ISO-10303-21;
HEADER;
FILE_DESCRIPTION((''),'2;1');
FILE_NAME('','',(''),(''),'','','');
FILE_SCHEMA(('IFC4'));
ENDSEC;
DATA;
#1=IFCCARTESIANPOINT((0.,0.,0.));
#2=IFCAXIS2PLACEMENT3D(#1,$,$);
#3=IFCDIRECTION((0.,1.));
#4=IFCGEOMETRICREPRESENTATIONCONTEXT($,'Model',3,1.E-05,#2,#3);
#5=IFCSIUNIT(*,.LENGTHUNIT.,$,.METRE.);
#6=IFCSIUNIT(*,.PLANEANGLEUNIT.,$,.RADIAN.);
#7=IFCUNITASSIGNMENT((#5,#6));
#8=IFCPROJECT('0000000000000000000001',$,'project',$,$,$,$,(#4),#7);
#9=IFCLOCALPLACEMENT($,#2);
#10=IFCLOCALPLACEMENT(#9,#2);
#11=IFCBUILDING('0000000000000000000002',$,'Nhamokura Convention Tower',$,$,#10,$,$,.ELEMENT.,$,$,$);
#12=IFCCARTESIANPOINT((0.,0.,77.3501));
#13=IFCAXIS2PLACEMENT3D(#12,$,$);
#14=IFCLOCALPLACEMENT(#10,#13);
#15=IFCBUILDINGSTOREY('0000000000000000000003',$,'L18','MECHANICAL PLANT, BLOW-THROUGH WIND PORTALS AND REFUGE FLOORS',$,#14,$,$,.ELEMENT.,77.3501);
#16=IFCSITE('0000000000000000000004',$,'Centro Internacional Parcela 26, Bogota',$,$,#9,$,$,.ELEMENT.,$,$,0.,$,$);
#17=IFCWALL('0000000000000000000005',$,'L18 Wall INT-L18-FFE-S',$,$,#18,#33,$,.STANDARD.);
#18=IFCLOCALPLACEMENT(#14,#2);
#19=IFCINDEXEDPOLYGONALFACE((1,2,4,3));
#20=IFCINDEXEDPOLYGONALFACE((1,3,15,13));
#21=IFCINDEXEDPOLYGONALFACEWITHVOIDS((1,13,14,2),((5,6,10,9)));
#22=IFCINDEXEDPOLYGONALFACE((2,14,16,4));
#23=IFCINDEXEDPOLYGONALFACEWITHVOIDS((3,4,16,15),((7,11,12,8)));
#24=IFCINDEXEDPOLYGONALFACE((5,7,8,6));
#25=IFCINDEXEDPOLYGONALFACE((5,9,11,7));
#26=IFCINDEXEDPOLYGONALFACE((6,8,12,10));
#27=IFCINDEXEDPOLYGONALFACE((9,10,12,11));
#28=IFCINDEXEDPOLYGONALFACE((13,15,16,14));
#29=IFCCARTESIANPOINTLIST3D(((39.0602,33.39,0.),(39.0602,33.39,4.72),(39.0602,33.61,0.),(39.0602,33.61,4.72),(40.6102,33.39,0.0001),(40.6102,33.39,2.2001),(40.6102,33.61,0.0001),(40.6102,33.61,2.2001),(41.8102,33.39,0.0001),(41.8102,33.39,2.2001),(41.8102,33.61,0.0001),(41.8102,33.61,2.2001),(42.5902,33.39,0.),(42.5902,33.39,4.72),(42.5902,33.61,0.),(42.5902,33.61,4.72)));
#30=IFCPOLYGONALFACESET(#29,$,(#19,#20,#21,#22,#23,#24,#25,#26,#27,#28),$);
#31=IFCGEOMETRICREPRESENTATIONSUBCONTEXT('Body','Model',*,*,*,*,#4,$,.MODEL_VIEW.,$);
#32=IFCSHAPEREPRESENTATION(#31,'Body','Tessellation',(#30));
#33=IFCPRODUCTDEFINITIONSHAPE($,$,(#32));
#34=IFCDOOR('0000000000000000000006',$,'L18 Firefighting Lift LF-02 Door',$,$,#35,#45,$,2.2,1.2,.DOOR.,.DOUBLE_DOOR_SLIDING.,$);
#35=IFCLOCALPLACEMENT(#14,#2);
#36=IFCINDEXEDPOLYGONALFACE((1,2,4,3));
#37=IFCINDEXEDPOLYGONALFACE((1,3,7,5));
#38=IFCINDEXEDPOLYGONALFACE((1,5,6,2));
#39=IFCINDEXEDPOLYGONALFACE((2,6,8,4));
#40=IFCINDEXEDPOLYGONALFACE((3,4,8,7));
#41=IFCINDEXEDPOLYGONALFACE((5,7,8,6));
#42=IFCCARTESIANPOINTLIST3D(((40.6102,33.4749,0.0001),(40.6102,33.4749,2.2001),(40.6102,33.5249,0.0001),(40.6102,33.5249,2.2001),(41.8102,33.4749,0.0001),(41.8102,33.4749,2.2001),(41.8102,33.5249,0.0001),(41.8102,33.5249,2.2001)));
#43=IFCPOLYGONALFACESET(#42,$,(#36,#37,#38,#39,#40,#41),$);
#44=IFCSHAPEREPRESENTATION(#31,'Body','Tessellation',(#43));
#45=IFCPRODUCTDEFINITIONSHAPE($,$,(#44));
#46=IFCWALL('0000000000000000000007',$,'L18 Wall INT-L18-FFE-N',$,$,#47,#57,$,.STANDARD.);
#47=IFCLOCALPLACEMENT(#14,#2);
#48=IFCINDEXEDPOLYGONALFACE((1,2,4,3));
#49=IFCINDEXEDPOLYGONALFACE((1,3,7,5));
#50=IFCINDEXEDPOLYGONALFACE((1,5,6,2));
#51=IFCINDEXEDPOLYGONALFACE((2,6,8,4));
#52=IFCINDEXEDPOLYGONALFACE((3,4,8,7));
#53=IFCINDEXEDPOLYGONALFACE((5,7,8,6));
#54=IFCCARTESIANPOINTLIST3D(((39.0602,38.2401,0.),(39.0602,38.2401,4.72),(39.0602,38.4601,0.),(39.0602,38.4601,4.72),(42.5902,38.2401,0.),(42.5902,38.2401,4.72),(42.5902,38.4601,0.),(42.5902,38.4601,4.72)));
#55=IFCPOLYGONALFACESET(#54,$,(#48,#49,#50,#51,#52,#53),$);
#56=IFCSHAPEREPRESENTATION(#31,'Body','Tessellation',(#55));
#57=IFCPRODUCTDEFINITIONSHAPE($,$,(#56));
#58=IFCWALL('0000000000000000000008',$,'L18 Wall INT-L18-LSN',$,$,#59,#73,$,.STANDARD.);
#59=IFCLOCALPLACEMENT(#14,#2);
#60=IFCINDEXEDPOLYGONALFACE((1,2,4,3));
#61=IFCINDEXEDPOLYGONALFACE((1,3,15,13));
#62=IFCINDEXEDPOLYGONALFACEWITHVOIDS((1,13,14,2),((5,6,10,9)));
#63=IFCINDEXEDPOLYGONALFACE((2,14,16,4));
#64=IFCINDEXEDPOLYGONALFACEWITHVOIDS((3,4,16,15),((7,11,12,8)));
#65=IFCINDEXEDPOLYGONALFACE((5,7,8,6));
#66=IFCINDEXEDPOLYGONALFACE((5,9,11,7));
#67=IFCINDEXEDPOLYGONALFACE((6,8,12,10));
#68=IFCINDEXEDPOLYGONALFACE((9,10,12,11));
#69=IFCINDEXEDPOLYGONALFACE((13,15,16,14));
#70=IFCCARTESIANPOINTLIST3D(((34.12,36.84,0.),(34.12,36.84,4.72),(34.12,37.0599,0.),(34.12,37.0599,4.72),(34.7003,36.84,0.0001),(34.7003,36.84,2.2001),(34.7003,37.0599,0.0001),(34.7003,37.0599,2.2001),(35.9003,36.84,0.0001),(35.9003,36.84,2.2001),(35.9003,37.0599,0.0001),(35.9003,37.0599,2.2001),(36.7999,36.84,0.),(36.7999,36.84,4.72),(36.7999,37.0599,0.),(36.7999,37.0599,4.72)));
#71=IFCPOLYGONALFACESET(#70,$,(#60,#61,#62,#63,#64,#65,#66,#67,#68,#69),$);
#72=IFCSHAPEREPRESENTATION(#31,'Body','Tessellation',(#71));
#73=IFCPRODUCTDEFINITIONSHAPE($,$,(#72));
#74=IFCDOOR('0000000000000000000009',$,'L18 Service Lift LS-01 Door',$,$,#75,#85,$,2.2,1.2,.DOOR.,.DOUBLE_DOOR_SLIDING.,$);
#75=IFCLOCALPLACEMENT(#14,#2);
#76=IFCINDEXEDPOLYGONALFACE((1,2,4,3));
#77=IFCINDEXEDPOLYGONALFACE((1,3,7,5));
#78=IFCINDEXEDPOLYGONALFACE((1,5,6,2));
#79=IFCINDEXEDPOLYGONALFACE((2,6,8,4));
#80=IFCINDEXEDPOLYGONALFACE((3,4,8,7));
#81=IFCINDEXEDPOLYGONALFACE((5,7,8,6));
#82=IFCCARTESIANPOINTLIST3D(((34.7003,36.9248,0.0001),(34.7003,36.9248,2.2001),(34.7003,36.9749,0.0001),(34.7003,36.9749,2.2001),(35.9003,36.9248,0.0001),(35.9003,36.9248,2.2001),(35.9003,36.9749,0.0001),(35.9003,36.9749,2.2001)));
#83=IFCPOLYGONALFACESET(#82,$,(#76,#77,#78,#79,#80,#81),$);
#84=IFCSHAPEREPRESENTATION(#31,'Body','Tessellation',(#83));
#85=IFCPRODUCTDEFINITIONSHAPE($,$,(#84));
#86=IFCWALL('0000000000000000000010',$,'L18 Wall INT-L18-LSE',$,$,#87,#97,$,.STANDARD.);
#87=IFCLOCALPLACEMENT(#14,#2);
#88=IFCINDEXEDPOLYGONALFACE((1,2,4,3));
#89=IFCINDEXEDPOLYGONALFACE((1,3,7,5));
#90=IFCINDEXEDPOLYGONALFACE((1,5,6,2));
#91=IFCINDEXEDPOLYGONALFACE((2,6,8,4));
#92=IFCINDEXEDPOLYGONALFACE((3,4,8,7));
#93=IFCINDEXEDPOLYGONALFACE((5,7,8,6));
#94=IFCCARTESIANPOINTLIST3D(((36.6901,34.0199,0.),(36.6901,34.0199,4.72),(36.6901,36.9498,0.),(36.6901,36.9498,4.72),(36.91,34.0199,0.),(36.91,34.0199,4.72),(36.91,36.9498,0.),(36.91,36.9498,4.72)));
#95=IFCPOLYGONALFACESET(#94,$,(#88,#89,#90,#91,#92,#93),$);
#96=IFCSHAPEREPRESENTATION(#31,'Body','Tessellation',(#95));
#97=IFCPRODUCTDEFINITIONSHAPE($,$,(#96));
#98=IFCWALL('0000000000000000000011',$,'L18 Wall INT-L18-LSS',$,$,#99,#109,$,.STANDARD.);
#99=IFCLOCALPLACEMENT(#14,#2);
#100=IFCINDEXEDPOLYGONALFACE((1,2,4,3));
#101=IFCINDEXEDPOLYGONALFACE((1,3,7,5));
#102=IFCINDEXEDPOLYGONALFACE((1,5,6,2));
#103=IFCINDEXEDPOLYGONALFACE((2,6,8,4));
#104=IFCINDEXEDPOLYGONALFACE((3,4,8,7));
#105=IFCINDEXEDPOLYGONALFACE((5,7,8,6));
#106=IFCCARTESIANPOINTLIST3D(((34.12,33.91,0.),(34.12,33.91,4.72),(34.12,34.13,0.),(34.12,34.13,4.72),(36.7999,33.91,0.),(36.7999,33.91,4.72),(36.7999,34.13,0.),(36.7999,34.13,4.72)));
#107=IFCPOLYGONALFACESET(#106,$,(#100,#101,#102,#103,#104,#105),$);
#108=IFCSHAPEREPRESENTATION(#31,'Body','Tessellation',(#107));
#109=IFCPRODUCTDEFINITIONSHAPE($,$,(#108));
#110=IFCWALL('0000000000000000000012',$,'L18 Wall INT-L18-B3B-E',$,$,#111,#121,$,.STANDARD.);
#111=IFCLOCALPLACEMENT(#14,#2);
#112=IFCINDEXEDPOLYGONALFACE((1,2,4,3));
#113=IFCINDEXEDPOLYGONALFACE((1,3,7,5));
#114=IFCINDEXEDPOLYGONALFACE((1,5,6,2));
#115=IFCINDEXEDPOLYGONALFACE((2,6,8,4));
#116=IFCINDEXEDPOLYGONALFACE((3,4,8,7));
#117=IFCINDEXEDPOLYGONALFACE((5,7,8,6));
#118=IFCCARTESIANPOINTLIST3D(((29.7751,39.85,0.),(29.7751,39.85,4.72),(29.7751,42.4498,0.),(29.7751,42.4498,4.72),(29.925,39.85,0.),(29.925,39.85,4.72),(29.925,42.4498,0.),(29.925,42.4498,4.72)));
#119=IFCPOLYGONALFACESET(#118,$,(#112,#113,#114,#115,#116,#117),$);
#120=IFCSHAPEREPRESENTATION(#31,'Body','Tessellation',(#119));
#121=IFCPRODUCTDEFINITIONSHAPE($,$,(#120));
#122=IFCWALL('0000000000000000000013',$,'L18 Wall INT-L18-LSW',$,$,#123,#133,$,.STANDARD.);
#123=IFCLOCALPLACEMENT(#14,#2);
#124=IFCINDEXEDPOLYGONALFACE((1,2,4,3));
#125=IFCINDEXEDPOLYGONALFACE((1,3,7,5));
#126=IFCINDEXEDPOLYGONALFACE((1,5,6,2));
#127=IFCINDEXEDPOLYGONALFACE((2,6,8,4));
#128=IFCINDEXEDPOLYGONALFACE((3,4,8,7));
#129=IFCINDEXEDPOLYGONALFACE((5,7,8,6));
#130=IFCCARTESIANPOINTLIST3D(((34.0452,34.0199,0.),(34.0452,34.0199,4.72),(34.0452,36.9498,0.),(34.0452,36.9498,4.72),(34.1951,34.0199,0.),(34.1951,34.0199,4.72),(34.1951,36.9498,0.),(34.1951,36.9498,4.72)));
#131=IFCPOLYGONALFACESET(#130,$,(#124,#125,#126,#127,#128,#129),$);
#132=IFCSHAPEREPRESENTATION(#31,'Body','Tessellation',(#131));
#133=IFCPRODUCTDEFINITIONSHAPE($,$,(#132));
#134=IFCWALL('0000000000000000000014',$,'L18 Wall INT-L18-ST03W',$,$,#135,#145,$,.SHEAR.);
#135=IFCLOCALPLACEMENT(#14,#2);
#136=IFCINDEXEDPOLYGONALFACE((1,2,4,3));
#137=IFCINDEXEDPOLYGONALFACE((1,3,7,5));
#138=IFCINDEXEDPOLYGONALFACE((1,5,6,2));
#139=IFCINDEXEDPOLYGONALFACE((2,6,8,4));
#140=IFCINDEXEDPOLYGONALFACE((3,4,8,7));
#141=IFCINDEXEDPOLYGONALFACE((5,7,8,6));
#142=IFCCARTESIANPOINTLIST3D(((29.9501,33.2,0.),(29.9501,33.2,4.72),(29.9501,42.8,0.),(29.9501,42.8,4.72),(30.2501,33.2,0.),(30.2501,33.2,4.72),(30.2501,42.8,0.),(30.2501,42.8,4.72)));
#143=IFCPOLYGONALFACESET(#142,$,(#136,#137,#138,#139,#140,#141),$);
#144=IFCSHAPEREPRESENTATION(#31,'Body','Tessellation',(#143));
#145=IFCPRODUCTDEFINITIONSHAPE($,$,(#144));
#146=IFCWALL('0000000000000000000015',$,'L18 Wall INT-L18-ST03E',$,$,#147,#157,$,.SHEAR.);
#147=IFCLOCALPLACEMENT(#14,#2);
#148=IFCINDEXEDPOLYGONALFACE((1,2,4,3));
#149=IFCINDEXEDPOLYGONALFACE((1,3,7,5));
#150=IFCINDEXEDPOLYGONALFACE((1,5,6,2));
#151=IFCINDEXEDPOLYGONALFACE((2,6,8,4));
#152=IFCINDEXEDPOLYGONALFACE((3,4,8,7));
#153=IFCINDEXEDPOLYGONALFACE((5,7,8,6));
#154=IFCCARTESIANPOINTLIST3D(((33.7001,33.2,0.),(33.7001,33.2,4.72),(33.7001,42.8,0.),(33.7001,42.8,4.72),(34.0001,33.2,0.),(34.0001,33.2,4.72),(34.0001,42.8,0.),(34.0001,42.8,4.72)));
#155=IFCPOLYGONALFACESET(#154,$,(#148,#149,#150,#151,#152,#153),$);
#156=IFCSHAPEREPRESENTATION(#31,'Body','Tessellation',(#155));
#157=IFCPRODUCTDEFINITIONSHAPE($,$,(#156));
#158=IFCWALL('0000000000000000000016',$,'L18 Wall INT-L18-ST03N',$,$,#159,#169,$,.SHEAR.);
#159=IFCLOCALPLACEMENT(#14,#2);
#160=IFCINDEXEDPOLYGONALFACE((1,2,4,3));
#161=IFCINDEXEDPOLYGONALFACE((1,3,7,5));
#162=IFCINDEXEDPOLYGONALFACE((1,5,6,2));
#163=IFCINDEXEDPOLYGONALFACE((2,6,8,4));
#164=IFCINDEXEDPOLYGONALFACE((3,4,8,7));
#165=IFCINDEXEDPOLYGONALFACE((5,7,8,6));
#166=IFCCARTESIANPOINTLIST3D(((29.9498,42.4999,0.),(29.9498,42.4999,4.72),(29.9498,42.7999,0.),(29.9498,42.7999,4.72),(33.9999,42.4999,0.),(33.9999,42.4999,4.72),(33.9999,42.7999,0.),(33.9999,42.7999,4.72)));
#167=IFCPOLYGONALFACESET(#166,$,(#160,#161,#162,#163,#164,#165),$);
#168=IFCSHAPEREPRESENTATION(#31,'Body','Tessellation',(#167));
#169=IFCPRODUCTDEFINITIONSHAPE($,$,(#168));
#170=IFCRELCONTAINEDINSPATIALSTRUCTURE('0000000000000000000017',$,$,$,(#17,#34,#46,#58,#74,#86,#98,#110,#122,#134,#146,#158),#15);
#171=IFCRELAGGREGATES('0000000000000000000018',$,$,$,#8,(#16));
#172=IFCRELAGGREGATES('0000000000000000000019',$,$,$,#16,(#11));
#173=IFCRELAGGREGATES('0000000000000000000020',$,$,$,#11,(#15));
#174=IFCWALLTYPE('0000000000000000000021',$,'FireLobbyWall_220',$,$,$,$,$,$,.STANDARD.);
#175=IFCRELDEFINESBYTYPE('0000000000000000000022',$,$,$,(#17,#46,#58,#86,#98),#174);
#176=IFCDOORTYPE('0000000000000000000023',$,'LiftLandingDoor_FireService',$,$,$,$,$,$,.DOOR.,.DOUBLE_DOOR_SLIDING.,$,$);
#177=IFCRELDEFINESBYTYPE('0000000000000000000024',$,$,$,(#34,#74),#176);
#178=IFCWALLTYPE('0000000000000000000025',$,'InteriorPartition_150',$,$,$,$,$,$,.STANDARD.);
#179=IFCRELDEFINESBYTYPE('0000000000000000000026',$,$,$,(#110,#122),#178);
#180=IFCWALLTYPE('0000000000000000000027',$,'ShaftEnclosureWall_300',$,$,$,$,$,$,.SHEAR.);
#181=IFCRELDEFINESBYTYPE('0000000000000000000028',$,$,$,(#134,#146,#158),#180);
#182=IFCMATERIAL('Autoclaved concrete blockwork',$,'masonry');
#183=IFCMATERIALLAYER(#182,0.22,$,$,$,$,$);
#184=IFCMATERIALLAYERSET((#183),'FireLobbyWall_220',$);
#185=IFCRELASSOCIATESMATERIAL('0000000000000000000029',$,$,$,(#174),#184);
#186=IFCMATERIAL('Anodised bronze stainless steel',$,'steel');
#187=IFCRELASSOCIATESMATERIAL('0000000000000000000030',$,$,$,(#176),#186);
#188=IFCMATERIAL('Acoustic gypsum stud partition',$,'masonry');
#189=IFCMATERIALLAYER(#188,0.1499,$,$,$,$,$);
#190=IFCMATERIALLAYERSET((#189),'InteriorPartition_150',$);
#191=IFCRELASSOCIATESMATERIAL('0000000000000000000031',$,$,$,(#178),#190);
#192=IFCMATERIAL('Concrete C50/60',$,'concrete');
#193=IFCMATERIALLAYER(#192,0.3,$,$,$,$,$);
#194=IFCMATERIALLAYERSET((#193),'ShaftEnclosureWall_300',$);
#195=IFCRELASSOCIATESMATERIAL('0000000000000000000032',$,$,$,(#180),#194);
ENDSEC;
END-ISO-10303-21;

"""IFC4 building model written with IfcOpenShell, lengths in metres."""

from ifc_helpers import new_model, si_unit, direction, frame, frame_2d, origin, place, context, subcontext, project, spatial, rectangle, extrude, material, layer, layer_set, type_object, element, fill, save


model = new_model("IFC4")

# Units and contexts
model_context = context("Model", 3, precision=1e-05, world=origin(), true_north=direction((0.0, 1.0)))
body_context = subcontext(model_context, "Body", "Model", "MODEL_VIEW")
ifc_project = project(units=[si_unit("LENGTHUNIT", "METRE"), si_unit("PLANEANGLEUNIT", "RADIAN")], contexts=[model_context])

# Site, building, storey
site_placement = place(None, origin())
site = spatial("IfcSite", under=ifc_project, at=site_placement, Name="Centro Internacional Parcela 26, Bogota", CompositionType="ELEMENT", RefElevation=0.0)
building_placement = place(site_placement, origin())
building = spatial("IfcBuilding", under=site, at=building_placement, Name="Nhamokura Convention Tower", CompositionType="ELEMENT")
storey_placement = place(building_placement, frame((0.0, 0.0, 77.3501)))
storey = spatial("IfcBuildingStorey", under=building, at=storey_placement, Name="L18", Description="MECHANICAL PLANT, BLOW-THROUGH WIND PORTALS AND REFUGE FLOORS", CompositionType="ELEMENT", Elevation=77.3501)

# Wall, opening, door
ifc_material_1 = material(Name="Autoclaved concrete blockwork", Category="masonry")
ifc_layer_1 = layer(ifc_material_1, 0.22)
ifc_layer_set_1 = layer_set([ifc_layer_1], Name="FireLobbyWall_220")
wall_type_1 = type_object("IfcWallType", Name="FireLobbyWall_220", PredefinedType="STANDARD", material=ifc_layer_set_1)
wall_1_placement = place(storey_placement, frame((39.0601, 33.5, 0.0), z_axis=(0.0, 0.0, 1.0), x_axis=(1.0, 0.0, 0.0)))
wall_1 = element("IfcWall", 1, at=wall_1_placement, inside=storey, type_object=wall_type_1, Name="L18 Wall INT-L18-FFE-S", PredefinedType="STANDARD", context=body_context, shape_type="SweptSolid", body=[
    extrude(rectangle(XDim=3.53, YDim=0.22, at=frame_2d((1.7651, 0.0))), origin(), (0.0, 0.0, 1.0), 4.72),
])
opening_1_placement = place(wall_1_placement, frame((1.55, 0.0, 0.0)))
opening_1 = element("IfcOpeningElement", 2, at=opening_1_placement, cuts=wall_1, PredefinedType="OPENING", context=body_context, shape_type="SweptSolid", body=[
    extrude(rectangle(XDim=1.2, YDim=2.2, at=frame_2d((0.6001, 1.1001))), frame((0.0, 0.1199, 0.0), z_axis=(0.0, -1.0, 0.0), x_axis=(1.0, 0.0, 0.0)), (0.0, 0.0, 1.0), 0.24),
])
ifc_material_2 = material(Name="Anodised bronze stainless steel", Category="steel")
door_type_1 = type_object("IfcDoorType", Name="LiftLandingDoor_FireService", OperationType="DOUBLE_DOOR_SLIDING", PredefinedType="DOOR", material=ifc_material_2)
door_1_placement = place(opening_1_placement, origin())
door_1 = element("IfcDoor", 3, at=door_1_placement, inside=storey, type_object=door_type_1, Name="L18 Firefighting Lift LF-02 Door", OperationType="DOUBLE_DOOR_SLIDING", OverallHeight=2.2, OverallWidth=1.2, PredefinedType="DOOR", context=body_context, shape_type="SweptSolid", body=[
    extrude(rectangle(XDim=1.2, YDim=2.2, at=frame_2d((0.6001, 1.1001))), frame((0.0, 0.0249, 0.0), z_axis=(0.0, -1.0, 0.0), x_axis=(1.0, 0.0, 0.0)), (0.0, 0.0, 1.0), 0.05),
])
fill(opening_1, door_1)

# Wall
wall_2_placement = place(storey_placement, frame((39.0601, 38.3501, 0.0), z_axis=(0.0, 0.0, 1.0), x_axis=(1.0, 0.0, 0.0)))
element("IfcWall", 4, at=wall_2_placement, inside=storey, type_object=wall_type_1, Name="L18 Wall INT-L18-FFE-N", PredefinedType="STANDARD", context=body_context, shape_type="SweptSolid", body=[
    extrude(rectangle(XDim=3.53, YDim=0.22, at=frame_2d((1.7651, 0.0))), origin(), (0.0, 0.0, 1.0), 4.72),
])

# Wall, opening, door
wall_3_placement = place(storey_placement, frame((34.1201, 36.95, 0.0), z_axis=(0.0, 0.0, 1.0), x_axis=(1.0, 0.0, 0.0)))
wall_3 = element("IfcWall", 5, at=wall_3_placement, inside=storey, type_object=wall_type_1, Name="L18 Wall INT-L18-LSN", PredefinedType="STANDARD", context=body_context, shape_type="SweptSolid", body=[
    extrude(rectangle(XDim=2.6799, YDim=0.22, at=frame_2d((1.3398, 0.0))), origin(), (0.0, 0.0, 1.0), 4.72),
])
opening_2_placement = place(wall_3_placement, frame((0.5801, 0.0, 0.0)))
opening_2 = element("IfcOpeningElement", 6, at=opening_2_placement, cuts=wall_3, PredefinedType="OPENING", context=body_context, shape_type="SweptSolid", body=[
    extrude(rectangle(XDim=1.2, YDim=2.2, at=frame_2d((0.6001, 1.1001))), frame((0.0, 0.1199, 0.0), z_axis=(0.0, -1.0, 0.0), x_axis=(1.0, 0.0, 0.0)), (0.0, 0.0, 1.0), 0.24),
])
door_2_placement = place(opening_2_placement, origin())
door_2 = element("IfcDoor", 7, at=door_2_placement, inside=storey, type_object=door_type_1, Name="L18 Service Lift LS-01 Door", OperationType="DOUBLE_DOOR_SLIDING", OverallHeight=2.2, OverallWidth=1.2, PredefinedType="DOOR", context=body_context, shape_type="SweptSolid", body=[
    extrude(rectangle(XDim=1.2, YDim=2.2, at=frame_2d((0.6001, 1.1001))), frame((0.0, 0.0249, 0.0), z_axis=(0.0, -1.0, 0.0), x_axis=(1.0, 0.0, 0.0)), (0.0, 0.0, 1.0), 0.05),
])
fill(opening_2, door_2)

# Walls
wall_4_placement = place(storey_placement, frame((36.8, 34.02, 0.0), z_axis=(0.0, 0.0, 1.0), x_axis=(0.0, 1.0, 0.0)))
element("IfcWall", 8, at=wall_4_placement, inside=storey, type_object=wall_type_1, Name="L18 Wall INT-L18-LSE", PredefinedType="STANDARD", context=body_context, shape_type="SweptSolid", body=[
    extrude(rectangle(XDim=2.9299, YDim=0.22, at=frame_2d((1.4648, 0.0))), origin(), (0.0, 0.0, 1.0), 4.72),
])
wall_5_placement = place(storey_placement, frame((34.1201, 34.02, 0.0), z_axis=(0.0, 0.0, 1.0), x_axis=(1.0, 0.0, 0.0)))
element("IfcWall", 9, at=wall_5_placement, inside=storey, type_object=wall_type_1, Name="L18 Wall INT-L18-LSS", PredefinedType="STANDARD", context=body_context, shape_type="SweptSolid", body=[
    extrude(rectangle(XDim=2.6799, YDim=0.22, at=frame_2d((1.3398, 0.0))), origin(), (0.0, 0.0, 1.0), 4.72),
])
ifc_material_3 = material(Name="Acoustic gypsum stud partition", Category="masonry")
ifc_layer_2 = layer(ifc_material_3, 0.1499)
ifc_layer_set_2 = layer_set([ifc_layer_2], Name="InteriorPartition_150")
wall_type_2 = type_object("IfcWallType", Name="InteriorPartition_150", PredefinedType="STANDARD", material=ifc_layer_set_2)
wall_6_placement = place(storey_placement, frame((29.8501, 39.8501, 0.0), z_axis=(0.0, 0.0, 1.0), x_axis=(0.0, 1.0, 0.0)))
element("IfcWall", 10, at=wall_6_placement, inside=storey, type_object=wall_type_2, Name="L18 Wall INT-L18-B3B-E", PredefinedType="STANDARD", context=body_context, shape_type="SweptSolid", body=[
    extrude(rectangle(XDim=2.5999, YDim=0.1499, at=frame_2d((1.2998, 0.0))), origin(), (0.0, 0.0, 1.0), 4.72),
])
wall_7_placement = place(storey_placement, frame((34.1201, 34.02, 0.0), z_axis=(0.0, 0.0, 1.0), x_axis=(0.0, 1.0, 0.0)))
element("IfcWall", 11, at=wall_7_placement, inside=storey, type_object=wall_type_2, Name="L18 Wall INT-L18-LSW", PredefinedType="STANDARD", context=body_context, shape_type="SweptSolid", body=[
    extrude(rectangle(XDim=2.9299, YDim=0.1499, at=frame_2d((1.4648, 0.0))), origin(), (0.0, 0.0, 1.0), 4.72),
])
ifc_material_4 = material(Name="Concrete C50/60", Category="concrete")
ifc_layer_3 = layer(ifc_material_4, 0.3)
ifc_layer_set_3 = layer_set([ifc_layer_3], Name="ShaftEnclosureWall_300")
wall_type_3 = type_object("IfcWallType", Name="ShaftEnclosureWall_300", PredefinedType="SHEAR", material=ifc_layer_set_3)
for number, where, z_axis, x_axis, name in (
    (12, (30.1001, 33.2, 0.0), (0.0, 0.0, 1.0), (0.0, 1.0, 0.0), "L18 Wall INT-L18-ST03W"),
    (13, (33.8501, 33.2, 0.0), (0.0, 0.0, 1.0), (0.0, 1.0, 0.0), "L18 Wall INT-L18-ST03E"),
):
    element("IfcWall", number, at=place(storey_placement, frame(where, z_axis=z_axis, x_axis=x_axis)), inside=storey, type_object=wall_type_3, Name=name, PredefinedType="SHEAR", context=body_context, shape_type="SweptSolid", body=[
        extrude(rectangle(XDim=9.6001, YDim=0.3, at=frame_2d((4.8, 0.0))), origin(), (0.0, 0.0, 1.0), 4.72),
    ])

# Wall
wall_8_placement = place(storey_placement, frame((29.95, 42.6499, 0.0), z_axis=(0.0, 0.0, 1.0), x_axis=(1.0, 0.0, 0.0)))
element("IfcWall", 14, at=wall_8_placement, inside=storey, type_object=wall_type_3, Name="L18 Wall INT-L18-ST03N", PredefinedType="SHEAR", context=body_context, shape_type="SweptSolid", body=[
    extrude(rectangle(XDim=4.05, YDim=0.3, at=frame_2d((2.0249, 0.0))), origin(), (0.0, 0.0, 1.0), 4.72),
])

save(model, "model.ifc")
